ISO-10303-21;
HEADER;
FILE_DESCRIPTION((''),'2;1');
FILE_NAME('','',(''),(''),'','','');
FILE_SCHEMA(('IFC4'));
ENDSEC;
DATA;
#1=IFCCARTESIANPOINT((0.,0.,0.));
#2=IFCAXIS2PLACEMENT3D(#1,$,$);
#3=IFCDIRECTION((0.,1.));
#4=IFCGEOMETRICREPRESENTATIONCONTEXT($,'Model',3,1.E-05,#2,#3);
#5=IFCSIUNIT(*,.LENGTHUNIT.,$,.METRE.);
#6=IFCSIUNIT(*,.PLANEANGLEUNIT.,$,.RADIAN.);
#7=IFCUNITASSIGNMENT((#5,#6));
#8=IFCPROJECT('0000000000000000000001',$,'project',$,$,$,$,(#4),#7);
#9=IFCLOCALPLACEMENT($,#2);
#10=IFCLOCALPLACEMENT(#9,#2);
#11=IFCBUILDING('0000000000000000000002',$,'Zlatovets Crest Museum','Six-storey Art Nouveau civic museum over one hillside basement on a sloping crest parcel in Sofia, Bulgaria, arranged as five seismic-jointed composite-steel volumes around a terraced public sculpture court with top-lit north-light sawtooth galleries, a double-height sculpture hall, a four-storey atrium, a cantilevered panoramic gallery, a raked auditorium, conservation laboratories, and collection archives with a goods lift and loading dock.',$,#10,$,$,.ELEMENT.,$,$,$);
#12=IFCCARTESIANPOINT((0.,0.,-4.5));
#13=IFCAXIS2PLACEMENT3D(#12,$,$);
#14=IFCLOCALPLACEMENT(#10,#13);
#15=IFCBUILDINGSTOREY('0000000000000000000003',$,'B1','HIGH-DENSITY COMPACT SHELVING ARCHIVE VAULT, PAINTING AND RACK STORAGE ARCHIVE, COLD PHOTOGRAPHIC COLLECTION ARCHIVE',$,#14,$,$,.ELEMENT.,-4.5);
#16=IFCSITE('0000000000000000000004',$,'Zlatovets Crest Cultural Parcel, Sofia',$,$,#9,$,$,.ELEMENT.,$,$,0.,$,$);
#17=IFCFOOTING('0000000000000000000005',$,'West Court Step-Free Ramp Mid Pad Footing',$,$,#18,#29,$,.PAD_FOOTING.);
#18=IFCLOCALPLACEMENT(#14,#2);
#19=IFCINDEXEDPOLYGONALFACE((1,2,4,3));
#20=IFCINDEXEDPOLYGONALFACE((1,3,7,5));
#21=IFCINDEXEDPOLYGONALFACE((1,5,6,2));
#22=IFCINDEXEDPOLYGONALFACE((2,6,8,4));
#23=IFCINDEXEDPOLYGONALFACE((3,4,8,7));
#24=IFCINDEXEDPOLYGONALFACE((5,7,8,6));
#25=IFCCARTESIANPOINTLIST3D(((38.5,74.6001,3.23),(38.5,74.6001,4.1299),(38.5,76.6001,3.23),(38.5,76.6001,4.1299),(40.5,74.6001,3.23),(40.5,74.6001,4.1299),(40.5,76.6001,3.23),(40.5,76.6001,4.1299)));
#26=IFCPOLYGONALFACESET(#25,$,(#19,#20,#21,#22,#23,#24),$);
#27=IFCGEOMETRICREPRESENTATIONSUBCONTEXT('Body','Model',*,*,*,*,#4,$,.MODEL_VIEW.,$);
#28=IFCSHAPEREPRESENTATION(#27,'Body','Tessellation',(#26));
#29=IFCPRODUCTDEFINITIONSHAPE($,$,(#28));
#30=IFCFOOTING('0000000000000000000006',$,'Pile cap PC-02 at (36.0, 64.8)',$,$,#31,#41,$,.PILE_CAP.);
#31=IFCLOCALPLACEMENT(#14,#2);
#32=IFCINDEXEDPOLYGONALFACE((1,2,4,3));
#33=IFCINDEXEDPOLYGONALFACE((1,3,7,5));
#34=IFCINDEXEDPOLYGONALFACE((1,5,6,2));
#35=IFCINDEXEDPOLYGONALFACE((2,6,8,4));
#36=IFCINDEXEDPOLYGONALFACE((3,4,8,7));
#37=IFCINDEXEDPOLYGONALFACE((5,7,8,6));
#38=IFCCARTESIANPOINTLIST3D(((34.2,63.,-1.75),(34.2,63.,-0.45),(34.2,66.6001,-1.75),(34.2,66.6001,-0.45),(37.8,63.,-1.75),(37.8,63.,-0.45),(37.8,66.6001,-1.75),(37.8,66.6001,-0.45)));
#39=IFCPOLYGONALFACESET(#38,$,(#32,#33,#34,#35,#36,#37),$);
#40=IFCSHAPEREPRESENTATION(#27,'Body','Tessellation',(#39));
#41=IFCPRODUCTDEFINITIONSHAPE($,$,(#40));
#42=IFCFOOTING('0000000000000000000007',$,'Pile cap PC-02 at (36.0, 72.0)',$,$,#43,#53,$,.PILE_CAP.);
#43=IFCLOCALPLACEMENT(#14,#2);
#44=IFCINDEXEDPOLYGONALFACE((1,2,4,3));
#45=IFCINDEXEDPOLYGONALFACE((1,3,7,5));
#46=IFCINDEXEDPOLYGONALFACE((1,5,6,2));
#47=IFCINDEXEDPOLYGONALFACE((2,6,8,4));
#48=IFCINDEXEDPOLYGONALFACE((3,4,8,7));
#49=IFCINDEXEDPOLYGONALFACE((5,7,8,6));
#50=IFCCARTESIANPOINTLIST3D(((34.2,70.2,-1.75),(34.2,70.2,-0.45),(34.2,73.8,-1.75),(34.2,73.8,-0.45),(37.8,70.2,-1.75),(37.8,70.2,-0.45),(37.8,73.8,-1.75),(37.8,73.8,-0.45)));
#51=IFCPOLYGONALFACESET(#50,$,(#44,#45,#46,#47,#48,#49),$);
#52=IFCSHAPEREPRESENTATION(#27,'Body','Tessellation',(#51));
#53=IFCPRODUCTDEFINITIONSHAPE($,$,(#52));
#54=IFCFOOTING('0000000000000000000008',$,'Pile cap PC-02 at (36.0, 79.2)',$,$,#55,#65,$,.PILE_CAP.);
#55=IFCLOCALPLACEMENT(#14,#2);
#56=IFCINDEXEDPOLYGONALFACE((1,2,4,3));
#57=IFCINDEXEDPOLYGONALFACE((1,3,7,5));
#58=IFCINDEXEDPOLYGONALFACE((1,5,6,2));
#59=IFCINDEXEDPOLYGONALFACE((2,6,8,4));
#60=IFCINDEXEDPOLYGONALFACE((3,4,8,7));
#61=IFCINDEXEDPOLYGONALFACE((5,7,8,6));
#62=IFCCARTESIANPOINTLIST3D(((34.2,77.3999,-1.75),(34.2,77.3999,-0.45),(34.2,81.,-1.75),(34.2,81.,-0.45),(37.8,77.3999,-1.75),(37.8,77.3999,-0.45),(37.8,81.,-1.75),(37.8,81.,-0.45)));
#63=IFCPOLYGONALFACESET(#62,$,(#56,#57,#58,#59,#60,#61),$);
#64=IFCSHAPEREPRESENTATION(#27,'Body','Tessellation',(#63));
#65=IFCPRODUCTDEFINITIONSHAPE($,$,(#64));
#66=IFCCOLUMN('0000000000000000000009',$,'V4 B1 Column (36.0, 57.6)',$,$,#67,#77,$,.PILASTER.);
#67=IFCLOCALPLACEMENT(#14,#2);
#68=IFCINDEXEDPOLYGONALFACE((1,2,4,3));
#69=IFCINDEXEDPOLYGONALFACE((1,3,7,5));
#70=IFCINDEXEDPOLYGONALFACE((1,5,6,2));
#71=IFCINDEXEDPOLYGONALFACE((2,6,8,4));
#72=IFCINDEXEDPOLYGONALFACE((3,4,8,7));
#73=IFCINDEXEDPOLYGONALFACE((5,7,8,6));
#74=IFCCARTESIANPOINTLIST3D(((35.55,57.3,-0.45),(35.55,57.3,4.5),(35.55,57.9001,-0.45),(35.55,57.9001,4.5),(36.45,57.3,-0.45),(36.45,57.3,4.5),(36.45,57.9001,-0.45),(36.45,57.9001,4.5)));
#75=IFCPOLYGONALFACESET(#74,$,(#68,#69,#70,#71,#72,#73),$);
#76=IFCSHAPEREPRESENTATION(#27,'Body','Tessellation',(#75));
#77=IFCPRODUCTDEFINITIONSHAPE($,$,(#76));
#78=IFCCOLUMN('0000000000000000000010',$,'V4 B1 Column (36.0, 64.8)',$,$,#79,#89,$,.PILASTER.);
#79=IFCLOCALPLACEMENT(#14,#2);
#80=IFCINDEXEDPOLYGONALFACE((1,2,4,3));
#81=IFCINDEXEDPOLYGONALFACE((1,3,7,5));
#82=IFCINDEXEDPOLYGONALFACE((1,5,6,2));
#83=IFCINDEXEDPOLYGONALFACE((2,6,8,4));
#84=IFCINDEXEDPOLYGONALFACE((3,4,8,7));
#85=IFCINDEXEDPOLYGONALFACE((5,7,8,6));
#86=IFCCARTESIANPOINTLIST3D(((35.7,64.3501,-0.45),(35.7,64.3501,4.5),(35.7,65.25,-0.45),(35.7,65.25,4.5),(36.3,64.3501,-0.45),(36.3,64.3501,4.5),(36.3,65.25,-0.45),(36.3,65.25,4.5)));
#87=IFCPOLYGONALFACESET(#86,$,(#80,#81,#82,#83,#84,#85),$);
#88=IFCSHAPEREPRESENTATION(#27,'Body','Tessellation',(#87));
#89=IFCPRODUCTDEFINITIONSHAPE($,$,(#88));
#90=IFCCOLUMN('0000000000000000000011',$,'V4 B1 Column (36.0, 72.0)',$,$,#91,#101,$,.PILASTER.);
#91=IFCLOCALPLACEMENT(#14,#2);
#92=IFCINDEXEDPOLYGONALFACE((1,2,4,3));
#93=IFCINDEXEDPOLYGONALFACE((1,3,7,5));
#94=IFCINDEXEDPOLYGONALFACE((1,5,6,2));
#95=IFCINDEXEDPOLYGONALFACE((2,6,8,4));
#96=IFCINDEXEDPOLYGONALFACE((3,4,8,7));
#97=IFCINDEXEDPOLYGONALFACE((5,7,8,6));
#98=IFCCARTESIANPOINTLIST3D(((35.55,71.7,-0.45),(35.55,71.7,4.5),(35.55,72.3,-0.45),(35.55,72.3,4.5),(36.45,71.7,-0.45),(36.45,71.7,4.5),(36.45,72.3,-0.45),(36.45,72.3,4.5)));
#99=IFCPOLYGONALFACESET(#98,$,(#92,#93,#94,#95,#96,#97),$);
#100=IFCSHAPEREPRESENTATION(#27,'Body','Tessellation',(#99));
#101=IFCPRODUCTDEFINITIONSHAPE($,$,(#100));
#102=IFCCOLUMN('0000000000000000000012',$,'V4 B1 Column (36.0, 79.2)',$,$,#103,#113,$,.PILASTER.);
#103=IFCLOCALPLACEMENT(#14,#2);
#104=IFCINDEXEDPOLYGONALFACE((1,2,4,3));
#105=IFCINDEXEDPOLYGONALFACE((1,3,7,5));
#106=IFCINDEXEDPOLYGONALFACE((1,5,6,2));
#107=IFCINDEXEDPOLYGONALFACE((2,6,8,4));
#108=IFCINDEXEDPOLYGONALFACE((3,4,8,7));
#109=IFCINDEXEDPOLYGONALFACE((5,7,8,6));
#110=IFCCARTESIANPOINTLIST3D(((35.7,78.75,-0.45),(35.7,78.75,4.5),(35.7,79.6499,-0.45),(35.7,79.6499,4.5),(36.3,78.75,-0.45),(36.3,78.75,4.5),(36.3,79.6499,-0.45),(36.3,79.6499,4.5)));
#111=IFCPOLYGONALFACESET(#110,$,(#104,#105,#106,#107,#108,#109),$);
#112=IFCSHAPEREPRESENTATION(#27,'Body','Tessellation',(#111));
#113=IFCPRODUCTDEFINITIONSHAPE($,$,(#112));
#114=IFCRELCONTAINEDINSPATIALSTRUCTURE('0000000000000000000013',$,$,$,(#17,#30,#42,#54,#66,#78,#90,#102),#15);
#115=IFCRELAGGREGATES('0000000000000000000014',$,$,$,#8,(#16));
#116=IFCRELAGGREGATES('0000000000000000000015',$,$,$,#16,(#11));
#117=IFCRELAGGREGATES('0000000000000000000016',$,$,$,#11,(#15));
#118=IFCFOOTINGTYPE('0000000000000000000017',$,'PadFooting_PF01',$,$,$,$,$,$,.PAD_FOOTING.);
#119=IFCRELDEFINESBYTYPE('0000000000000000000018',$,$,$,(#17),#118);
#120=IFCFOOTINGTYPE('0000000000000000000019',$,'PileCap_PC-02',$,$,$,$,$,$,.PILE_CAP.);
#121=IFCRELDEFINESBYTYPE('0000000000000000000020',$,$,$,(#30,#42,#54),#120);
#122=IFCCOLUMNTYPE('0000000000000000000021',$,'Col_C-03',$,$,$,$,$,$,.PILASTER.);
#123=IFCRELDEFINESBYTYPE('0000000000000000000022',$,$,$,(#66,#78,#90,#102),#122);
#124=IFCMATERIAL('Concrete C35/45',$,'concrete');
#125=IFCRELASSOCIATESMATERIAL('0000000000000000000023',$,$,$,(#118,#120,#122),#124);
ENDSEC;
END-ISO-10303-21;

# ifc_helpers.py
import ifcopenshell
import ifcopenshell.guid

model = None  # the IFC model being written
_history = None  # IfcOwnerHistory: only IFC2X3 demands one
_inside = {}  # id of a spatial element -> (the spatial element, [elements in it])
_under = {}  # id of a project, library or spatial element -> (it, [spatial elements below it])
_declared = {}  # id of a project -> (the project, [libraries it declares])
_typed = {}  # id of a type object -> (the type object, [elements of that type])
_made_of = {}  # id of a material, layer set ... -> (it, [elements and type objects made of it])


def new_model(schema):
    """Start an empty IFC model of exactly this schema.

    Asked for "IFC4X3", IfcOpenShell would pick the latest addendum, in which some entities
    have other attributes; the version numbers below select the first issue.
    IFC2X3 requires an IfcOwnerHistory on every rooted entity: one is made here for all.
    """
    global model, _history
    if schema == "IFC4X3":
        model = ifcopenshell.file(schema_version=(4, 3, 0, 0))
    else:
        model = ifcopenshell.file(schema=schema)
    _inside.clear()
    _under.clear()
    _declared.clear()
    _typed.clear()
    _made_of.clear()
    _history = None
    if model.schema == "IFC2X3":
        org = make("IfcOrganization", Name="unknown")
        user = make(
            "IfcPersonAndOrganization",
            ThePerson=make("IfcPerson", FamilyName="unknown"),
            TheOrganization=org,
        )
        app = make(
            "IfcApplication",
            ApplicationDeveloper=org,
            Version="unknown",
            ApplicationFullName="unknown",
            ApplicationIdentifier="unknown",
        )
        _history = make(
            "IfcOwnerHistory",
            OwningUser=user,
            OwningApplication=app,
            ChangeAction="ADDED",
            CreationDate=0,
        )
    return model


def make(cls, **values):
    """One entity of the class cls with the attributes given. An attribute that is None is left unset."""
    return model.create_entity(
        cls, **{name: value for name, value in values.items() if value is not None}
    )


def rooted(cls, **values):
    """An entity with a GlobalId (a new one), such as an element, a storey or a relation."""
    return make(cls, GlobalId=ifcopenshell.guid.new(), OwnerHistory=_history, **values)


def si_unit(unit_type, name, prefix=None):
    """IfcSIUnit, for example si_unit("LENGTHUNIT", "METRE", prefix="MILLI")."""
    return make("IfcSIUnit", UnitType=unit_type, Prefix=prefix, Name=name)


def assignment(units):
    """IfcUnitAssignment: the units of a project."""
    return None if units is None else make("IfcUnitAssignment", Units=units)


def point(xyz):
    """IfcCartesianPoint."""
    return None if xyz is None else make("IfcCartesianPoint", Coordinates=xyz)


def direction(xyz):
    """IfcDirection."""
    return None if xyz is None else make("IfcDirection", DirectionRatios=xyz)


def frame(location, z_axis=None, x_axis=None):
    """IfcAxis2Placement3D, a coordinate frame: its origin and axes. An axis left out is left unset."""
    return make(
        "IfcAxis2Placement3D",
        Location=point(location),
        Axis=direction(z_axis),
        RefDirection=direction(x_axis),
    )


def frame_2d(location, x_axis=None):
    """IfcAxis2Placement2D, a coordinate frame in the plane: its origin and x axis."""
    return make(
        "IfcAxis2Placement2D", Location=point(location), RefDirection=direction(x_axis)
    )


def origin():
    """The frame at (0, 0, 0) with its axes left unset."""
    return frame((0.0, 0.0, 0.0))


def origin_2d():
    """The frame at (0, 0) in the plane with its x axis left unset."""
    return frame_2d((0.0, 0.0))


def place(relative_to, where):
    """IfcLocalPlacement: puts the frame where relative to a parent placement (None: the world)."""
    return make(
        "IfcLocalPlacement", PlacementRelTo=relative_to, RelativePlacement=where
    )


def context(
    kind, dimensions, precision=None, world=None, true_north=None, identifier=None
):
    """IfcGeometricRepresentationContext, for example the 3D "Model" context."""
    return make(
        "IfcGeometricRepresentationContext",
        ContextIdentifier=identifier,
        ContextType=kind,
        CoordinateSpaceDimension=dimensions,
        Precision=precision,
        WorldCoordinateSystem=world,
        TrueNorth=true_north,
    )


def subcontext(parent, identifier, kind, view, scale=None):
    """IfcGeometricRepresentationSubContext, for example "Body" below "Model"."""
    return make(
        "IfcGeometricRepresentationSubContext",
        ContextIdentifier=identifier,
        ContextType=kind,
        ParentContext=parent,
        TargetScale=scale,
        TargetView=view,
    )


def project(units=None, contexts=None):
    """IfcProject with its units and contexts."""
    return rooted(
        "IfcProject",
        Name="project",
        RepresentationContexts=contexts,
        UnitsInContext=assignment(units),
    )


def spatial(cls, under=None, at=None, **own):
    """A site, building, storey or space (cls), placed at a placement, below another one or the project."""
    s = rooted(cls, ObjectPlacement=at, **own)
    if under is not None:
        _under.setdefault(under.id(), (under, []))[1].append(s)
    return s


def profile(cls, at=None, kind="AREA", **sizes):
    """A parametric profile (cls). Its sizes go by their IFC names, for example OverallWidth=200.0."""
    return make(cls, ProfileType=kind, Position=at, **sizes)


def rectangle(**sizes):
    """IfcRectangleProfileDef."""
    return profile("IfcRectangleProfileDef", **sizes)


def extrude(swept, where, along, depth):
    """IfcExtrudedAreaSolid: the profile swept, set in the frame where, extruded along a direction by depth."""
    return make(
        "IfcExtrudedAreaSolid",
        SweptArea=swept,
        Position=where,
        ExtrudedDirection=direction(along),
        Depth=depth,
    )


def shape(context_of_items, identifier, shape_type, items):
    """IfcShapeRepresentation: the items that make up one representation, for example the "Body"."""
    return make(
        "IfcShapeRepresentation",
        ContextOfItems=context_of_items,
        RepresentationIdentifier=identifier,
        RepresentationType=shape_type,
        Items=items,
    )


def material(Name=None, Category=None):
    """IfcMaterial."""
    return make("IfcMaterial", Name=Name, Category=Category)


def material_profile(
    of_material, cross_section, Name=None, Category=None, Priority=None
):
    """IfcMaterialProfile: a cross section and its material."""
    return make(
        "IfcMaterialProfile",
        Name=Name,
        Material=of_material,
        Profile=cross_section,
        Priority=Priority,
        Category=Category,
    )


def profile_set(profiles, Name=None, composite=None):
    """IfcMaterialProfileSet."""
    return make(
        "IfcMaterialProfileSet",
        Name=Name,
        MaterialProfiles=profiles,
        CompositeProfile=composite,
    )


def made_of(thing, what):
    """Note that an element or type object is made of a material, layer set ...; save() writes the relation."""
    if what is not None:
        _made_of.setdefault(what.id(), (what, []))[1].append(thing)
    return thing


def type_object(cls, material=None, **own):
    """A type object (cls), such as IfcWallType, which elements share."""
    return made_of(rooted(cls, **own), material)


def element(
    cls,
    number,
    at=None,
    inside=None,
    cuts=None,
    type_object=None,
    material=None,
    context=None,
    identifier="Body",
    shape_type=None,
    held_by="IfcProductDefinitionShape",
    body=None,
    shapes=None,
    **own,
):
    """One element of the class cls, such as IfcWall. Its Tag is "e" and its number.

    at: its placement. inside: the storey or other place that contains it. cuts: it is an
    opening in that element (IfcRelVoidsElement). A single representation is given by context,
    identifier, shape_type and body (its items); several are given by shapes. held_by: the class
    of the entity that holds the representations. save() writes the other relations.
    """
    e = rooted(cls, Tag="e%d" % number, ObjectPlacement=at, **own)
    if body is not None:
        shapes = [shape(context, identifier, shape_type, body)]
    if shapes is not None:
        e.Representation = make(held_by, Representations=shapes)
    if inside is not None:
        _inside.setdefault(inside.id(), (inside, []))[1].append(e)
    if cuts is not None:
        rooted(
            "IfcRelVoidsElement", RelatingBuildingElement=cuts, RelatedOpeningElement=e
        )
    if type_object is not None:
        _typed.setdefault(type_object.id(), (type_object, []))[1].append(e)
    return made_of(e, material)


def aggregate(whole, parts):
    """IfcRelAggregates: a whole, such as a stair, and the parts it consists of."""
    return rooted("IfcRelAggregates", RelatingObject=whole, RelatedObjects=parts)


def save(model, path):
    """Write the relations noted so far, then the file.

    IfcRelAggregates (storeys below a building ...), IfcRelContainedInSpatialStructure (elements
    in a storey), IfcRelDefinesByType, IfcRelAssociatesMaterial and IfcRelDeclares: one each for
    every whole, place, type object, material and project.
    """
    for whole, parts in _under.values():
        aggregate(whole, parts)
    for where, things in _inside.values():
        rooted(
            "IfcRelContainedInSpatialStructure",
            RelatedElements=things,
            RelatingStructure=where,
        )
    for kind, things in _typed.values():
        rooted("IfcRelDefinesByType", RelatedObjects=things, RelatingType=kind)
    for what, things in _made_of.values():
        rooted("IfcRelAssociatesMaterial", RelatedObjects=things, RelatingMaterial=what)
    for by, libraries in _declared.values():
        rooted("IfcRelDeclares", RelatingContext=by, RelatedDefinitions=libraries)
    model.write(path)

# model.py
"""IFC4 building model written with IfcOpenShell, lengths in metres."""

from ifc_helpers import new_model, si_unit, direction, frame, origin, origin_2d, place, context, subcontext, project, spatial, rectangle, extrude, material, material_profile, profile_set, type_object, element, save


model = new_model("IFC4")

# Units and contexts
model_context = context("Model", 3, precision=1e-05, world=origin(), true_north=direction((0.0, 1.0)))
body_context = subcontext(model_context, "Body", "Model", "MODEL_VIEW")
ifc_project = project(units=[si_unit("LENGTHUNIT", "METRE"), si_unit("PLANEANGLEUNIT", "RADIAN")], contexts=[model_context])

# Site, building, storey
site_placement = place(None, origin())
site = spatial("IfcSite", under=ifc_project, at=site_placement, Name="Zlatovets Crest Cultural Parcel, Sofia", CompositionType="ELEMENT", RefElevation=0.0)
building_placement = place(site_placement, origin())
building = spatial("IfcBuilding", under=site, at=building_placement, Name="Zlatovets Crest Museum", Description="Six-storey Art Nouveau civic museum over one hillside basement on a sloping crest parcel in Sofia, Bulgaria, arranged as five seismic-jointed composite-steel volumes around a terraced public sculpture court with top-lit north-light sawtooth galleries, a double-height sculpture hall, a four-storey atrium, a cantilevered panoramic gallery, a raked auditorium, conservation laboratories, and collection archives with a goods lift and loading dock.", CompositionType="ELEMENT")
storey_placement = place(building_placement, frame((0.0, 0.0, -4.5)))
storey = spatial("IfcBuildingStorey", under=building, at=storey_placement, Name="B1", Description="HIGH-DENSITY COMPACT SHELVING ARCHIVE VAULT, PAINTING AND RACK STORAGE ARCHIVE, COLD PHOTOGRAPHIC COLLECTION ARCHIVE", CompositionType="ELEMENT", Elevation=-4.5)

# Shared definitions
ifc_material = material(Name="Concrete C35/45", Category="concrete")

# Footings
footing_type_1 = type_object("IfcFootingType", Name="PadFooting_PF01", PredefinedType="PAD_FOOTING", material=ifc_material)
for number, where, z_axis, x_axis, name in (
    (1, (39.5, 75.6001, 3.23), (0.0, 0.0, 1.0), (1.0, 0.0, 0.0), "West Court Step-Free Ramp Mid Pad Footing"),
):
    element("IfcFooting", number, at=place(storey_placement, frame(where, z_axis=z_axis, x_axis=x_axis)), inside=storey, type_object=footing_type_1, Name=name, PredefinedType="PAD_FOOTING", context=body_context, shape_type="SweptSolid", body=[
        extrude(rectangle(XDim=2.0, YDim=2.0, at=origin_2d()), origin(), (0.0, 0.0, 1.0), 0.8999),
    ])
footing_type_2 = type_object("IfcFootingType", Name="PileCap_PC-02", PredefinedType="PILE_CAP", material=ifc_material)
for number, where, z_axis, x_axis, name in (
    (2, (36.0, 64.8, -1.75), (0.0, 0.0, 1.0), (1.0, 0.0, 0.0), "Pile cap PC-02 at (36.0, 64.8)"),
    (3, (36.0, 72.0, -1.75), (0.0, 0.0, 1.0), (1.0, 0.0, 0.0), "Pile cap PC-02 at (36.0, 72.0)"),
    (4, (36.0, 79.2, -1.75), (0.0, 0.0, 1.0), (1.0, 0.0, 0.0), "Pile cap PC-02 at (36.0, 79.2)"),
):
    element("IfcFooting", number, at=place(storey_placement, frame(where, z_axis=z_axis, x_axis=x_axis)), inside=storey, type_object=footing_type_2, Name=name, PredefinedType="PILE_CAP", context=body_context, shape_type="SweptSolid", body=[
        extrude(rectangle(XDim=3.6001, YDim=3.6001, at=origin_2d()), origin(), (0.0, 0.0, 1.0), 1.3),
    ])

# Columns
ifc_material_profile_1 = material_profile(ifc_material, rectangle(XDim=0.6001, YDim=0.8999, at=origin_2d()), Name="RC 600x900")
ifc_profile_set_1 = profile_set([ifc_material_profile_1], Name="Concrete C35/45")
column_type = type_object("IfcColumnType", Name="Col_C-03", PredefinedType="PILASTER", material=ifc_profile_set_1)
for number, where, z_axis, x_axis, name in (
    (5, (36.0, 57.6001, -0.45), (0.0, 0.0, 1.0), (0.0, 1.0, 0.0), "V4 B1 Column (36.0, 57.6)"),
    (6, (36.0, 64.8, -0.45), (0.0, 0.0, 1.0), (1.0, 0.0, 0.0), "V4 B1 Column (36.0, 64.8)"),
    (7, (36.0, 72.0, -0.45), (0.0, 0.0, 1.0), (0.0, 1.0, 0.0), "V4 B1 Column (36.0, 72.0)"),
    (8, (36.0, 79.2, -0.45), (0.0, 0.0, 1.0), (1.0, 0.0, 0.0), "V4 B1 Column (36.0, 79.2)"),
):
    element("IfcColumn", number, at=place(storey_placement, frame(where, z_axis=z_axis, x_axis=x_axis)), inside=storey, type_object=column_type, Name=name, PredefinedType="PILASTER", context=body_context, shape_type="SweptSolid", body=[
        extrude(rectangle(XDim=0.6001, YDim=0.8999, at=origin_2d()), origin(), (0.0, 0.0, 1.0), 4.95),
    ])

save(model, "model.ifc")
